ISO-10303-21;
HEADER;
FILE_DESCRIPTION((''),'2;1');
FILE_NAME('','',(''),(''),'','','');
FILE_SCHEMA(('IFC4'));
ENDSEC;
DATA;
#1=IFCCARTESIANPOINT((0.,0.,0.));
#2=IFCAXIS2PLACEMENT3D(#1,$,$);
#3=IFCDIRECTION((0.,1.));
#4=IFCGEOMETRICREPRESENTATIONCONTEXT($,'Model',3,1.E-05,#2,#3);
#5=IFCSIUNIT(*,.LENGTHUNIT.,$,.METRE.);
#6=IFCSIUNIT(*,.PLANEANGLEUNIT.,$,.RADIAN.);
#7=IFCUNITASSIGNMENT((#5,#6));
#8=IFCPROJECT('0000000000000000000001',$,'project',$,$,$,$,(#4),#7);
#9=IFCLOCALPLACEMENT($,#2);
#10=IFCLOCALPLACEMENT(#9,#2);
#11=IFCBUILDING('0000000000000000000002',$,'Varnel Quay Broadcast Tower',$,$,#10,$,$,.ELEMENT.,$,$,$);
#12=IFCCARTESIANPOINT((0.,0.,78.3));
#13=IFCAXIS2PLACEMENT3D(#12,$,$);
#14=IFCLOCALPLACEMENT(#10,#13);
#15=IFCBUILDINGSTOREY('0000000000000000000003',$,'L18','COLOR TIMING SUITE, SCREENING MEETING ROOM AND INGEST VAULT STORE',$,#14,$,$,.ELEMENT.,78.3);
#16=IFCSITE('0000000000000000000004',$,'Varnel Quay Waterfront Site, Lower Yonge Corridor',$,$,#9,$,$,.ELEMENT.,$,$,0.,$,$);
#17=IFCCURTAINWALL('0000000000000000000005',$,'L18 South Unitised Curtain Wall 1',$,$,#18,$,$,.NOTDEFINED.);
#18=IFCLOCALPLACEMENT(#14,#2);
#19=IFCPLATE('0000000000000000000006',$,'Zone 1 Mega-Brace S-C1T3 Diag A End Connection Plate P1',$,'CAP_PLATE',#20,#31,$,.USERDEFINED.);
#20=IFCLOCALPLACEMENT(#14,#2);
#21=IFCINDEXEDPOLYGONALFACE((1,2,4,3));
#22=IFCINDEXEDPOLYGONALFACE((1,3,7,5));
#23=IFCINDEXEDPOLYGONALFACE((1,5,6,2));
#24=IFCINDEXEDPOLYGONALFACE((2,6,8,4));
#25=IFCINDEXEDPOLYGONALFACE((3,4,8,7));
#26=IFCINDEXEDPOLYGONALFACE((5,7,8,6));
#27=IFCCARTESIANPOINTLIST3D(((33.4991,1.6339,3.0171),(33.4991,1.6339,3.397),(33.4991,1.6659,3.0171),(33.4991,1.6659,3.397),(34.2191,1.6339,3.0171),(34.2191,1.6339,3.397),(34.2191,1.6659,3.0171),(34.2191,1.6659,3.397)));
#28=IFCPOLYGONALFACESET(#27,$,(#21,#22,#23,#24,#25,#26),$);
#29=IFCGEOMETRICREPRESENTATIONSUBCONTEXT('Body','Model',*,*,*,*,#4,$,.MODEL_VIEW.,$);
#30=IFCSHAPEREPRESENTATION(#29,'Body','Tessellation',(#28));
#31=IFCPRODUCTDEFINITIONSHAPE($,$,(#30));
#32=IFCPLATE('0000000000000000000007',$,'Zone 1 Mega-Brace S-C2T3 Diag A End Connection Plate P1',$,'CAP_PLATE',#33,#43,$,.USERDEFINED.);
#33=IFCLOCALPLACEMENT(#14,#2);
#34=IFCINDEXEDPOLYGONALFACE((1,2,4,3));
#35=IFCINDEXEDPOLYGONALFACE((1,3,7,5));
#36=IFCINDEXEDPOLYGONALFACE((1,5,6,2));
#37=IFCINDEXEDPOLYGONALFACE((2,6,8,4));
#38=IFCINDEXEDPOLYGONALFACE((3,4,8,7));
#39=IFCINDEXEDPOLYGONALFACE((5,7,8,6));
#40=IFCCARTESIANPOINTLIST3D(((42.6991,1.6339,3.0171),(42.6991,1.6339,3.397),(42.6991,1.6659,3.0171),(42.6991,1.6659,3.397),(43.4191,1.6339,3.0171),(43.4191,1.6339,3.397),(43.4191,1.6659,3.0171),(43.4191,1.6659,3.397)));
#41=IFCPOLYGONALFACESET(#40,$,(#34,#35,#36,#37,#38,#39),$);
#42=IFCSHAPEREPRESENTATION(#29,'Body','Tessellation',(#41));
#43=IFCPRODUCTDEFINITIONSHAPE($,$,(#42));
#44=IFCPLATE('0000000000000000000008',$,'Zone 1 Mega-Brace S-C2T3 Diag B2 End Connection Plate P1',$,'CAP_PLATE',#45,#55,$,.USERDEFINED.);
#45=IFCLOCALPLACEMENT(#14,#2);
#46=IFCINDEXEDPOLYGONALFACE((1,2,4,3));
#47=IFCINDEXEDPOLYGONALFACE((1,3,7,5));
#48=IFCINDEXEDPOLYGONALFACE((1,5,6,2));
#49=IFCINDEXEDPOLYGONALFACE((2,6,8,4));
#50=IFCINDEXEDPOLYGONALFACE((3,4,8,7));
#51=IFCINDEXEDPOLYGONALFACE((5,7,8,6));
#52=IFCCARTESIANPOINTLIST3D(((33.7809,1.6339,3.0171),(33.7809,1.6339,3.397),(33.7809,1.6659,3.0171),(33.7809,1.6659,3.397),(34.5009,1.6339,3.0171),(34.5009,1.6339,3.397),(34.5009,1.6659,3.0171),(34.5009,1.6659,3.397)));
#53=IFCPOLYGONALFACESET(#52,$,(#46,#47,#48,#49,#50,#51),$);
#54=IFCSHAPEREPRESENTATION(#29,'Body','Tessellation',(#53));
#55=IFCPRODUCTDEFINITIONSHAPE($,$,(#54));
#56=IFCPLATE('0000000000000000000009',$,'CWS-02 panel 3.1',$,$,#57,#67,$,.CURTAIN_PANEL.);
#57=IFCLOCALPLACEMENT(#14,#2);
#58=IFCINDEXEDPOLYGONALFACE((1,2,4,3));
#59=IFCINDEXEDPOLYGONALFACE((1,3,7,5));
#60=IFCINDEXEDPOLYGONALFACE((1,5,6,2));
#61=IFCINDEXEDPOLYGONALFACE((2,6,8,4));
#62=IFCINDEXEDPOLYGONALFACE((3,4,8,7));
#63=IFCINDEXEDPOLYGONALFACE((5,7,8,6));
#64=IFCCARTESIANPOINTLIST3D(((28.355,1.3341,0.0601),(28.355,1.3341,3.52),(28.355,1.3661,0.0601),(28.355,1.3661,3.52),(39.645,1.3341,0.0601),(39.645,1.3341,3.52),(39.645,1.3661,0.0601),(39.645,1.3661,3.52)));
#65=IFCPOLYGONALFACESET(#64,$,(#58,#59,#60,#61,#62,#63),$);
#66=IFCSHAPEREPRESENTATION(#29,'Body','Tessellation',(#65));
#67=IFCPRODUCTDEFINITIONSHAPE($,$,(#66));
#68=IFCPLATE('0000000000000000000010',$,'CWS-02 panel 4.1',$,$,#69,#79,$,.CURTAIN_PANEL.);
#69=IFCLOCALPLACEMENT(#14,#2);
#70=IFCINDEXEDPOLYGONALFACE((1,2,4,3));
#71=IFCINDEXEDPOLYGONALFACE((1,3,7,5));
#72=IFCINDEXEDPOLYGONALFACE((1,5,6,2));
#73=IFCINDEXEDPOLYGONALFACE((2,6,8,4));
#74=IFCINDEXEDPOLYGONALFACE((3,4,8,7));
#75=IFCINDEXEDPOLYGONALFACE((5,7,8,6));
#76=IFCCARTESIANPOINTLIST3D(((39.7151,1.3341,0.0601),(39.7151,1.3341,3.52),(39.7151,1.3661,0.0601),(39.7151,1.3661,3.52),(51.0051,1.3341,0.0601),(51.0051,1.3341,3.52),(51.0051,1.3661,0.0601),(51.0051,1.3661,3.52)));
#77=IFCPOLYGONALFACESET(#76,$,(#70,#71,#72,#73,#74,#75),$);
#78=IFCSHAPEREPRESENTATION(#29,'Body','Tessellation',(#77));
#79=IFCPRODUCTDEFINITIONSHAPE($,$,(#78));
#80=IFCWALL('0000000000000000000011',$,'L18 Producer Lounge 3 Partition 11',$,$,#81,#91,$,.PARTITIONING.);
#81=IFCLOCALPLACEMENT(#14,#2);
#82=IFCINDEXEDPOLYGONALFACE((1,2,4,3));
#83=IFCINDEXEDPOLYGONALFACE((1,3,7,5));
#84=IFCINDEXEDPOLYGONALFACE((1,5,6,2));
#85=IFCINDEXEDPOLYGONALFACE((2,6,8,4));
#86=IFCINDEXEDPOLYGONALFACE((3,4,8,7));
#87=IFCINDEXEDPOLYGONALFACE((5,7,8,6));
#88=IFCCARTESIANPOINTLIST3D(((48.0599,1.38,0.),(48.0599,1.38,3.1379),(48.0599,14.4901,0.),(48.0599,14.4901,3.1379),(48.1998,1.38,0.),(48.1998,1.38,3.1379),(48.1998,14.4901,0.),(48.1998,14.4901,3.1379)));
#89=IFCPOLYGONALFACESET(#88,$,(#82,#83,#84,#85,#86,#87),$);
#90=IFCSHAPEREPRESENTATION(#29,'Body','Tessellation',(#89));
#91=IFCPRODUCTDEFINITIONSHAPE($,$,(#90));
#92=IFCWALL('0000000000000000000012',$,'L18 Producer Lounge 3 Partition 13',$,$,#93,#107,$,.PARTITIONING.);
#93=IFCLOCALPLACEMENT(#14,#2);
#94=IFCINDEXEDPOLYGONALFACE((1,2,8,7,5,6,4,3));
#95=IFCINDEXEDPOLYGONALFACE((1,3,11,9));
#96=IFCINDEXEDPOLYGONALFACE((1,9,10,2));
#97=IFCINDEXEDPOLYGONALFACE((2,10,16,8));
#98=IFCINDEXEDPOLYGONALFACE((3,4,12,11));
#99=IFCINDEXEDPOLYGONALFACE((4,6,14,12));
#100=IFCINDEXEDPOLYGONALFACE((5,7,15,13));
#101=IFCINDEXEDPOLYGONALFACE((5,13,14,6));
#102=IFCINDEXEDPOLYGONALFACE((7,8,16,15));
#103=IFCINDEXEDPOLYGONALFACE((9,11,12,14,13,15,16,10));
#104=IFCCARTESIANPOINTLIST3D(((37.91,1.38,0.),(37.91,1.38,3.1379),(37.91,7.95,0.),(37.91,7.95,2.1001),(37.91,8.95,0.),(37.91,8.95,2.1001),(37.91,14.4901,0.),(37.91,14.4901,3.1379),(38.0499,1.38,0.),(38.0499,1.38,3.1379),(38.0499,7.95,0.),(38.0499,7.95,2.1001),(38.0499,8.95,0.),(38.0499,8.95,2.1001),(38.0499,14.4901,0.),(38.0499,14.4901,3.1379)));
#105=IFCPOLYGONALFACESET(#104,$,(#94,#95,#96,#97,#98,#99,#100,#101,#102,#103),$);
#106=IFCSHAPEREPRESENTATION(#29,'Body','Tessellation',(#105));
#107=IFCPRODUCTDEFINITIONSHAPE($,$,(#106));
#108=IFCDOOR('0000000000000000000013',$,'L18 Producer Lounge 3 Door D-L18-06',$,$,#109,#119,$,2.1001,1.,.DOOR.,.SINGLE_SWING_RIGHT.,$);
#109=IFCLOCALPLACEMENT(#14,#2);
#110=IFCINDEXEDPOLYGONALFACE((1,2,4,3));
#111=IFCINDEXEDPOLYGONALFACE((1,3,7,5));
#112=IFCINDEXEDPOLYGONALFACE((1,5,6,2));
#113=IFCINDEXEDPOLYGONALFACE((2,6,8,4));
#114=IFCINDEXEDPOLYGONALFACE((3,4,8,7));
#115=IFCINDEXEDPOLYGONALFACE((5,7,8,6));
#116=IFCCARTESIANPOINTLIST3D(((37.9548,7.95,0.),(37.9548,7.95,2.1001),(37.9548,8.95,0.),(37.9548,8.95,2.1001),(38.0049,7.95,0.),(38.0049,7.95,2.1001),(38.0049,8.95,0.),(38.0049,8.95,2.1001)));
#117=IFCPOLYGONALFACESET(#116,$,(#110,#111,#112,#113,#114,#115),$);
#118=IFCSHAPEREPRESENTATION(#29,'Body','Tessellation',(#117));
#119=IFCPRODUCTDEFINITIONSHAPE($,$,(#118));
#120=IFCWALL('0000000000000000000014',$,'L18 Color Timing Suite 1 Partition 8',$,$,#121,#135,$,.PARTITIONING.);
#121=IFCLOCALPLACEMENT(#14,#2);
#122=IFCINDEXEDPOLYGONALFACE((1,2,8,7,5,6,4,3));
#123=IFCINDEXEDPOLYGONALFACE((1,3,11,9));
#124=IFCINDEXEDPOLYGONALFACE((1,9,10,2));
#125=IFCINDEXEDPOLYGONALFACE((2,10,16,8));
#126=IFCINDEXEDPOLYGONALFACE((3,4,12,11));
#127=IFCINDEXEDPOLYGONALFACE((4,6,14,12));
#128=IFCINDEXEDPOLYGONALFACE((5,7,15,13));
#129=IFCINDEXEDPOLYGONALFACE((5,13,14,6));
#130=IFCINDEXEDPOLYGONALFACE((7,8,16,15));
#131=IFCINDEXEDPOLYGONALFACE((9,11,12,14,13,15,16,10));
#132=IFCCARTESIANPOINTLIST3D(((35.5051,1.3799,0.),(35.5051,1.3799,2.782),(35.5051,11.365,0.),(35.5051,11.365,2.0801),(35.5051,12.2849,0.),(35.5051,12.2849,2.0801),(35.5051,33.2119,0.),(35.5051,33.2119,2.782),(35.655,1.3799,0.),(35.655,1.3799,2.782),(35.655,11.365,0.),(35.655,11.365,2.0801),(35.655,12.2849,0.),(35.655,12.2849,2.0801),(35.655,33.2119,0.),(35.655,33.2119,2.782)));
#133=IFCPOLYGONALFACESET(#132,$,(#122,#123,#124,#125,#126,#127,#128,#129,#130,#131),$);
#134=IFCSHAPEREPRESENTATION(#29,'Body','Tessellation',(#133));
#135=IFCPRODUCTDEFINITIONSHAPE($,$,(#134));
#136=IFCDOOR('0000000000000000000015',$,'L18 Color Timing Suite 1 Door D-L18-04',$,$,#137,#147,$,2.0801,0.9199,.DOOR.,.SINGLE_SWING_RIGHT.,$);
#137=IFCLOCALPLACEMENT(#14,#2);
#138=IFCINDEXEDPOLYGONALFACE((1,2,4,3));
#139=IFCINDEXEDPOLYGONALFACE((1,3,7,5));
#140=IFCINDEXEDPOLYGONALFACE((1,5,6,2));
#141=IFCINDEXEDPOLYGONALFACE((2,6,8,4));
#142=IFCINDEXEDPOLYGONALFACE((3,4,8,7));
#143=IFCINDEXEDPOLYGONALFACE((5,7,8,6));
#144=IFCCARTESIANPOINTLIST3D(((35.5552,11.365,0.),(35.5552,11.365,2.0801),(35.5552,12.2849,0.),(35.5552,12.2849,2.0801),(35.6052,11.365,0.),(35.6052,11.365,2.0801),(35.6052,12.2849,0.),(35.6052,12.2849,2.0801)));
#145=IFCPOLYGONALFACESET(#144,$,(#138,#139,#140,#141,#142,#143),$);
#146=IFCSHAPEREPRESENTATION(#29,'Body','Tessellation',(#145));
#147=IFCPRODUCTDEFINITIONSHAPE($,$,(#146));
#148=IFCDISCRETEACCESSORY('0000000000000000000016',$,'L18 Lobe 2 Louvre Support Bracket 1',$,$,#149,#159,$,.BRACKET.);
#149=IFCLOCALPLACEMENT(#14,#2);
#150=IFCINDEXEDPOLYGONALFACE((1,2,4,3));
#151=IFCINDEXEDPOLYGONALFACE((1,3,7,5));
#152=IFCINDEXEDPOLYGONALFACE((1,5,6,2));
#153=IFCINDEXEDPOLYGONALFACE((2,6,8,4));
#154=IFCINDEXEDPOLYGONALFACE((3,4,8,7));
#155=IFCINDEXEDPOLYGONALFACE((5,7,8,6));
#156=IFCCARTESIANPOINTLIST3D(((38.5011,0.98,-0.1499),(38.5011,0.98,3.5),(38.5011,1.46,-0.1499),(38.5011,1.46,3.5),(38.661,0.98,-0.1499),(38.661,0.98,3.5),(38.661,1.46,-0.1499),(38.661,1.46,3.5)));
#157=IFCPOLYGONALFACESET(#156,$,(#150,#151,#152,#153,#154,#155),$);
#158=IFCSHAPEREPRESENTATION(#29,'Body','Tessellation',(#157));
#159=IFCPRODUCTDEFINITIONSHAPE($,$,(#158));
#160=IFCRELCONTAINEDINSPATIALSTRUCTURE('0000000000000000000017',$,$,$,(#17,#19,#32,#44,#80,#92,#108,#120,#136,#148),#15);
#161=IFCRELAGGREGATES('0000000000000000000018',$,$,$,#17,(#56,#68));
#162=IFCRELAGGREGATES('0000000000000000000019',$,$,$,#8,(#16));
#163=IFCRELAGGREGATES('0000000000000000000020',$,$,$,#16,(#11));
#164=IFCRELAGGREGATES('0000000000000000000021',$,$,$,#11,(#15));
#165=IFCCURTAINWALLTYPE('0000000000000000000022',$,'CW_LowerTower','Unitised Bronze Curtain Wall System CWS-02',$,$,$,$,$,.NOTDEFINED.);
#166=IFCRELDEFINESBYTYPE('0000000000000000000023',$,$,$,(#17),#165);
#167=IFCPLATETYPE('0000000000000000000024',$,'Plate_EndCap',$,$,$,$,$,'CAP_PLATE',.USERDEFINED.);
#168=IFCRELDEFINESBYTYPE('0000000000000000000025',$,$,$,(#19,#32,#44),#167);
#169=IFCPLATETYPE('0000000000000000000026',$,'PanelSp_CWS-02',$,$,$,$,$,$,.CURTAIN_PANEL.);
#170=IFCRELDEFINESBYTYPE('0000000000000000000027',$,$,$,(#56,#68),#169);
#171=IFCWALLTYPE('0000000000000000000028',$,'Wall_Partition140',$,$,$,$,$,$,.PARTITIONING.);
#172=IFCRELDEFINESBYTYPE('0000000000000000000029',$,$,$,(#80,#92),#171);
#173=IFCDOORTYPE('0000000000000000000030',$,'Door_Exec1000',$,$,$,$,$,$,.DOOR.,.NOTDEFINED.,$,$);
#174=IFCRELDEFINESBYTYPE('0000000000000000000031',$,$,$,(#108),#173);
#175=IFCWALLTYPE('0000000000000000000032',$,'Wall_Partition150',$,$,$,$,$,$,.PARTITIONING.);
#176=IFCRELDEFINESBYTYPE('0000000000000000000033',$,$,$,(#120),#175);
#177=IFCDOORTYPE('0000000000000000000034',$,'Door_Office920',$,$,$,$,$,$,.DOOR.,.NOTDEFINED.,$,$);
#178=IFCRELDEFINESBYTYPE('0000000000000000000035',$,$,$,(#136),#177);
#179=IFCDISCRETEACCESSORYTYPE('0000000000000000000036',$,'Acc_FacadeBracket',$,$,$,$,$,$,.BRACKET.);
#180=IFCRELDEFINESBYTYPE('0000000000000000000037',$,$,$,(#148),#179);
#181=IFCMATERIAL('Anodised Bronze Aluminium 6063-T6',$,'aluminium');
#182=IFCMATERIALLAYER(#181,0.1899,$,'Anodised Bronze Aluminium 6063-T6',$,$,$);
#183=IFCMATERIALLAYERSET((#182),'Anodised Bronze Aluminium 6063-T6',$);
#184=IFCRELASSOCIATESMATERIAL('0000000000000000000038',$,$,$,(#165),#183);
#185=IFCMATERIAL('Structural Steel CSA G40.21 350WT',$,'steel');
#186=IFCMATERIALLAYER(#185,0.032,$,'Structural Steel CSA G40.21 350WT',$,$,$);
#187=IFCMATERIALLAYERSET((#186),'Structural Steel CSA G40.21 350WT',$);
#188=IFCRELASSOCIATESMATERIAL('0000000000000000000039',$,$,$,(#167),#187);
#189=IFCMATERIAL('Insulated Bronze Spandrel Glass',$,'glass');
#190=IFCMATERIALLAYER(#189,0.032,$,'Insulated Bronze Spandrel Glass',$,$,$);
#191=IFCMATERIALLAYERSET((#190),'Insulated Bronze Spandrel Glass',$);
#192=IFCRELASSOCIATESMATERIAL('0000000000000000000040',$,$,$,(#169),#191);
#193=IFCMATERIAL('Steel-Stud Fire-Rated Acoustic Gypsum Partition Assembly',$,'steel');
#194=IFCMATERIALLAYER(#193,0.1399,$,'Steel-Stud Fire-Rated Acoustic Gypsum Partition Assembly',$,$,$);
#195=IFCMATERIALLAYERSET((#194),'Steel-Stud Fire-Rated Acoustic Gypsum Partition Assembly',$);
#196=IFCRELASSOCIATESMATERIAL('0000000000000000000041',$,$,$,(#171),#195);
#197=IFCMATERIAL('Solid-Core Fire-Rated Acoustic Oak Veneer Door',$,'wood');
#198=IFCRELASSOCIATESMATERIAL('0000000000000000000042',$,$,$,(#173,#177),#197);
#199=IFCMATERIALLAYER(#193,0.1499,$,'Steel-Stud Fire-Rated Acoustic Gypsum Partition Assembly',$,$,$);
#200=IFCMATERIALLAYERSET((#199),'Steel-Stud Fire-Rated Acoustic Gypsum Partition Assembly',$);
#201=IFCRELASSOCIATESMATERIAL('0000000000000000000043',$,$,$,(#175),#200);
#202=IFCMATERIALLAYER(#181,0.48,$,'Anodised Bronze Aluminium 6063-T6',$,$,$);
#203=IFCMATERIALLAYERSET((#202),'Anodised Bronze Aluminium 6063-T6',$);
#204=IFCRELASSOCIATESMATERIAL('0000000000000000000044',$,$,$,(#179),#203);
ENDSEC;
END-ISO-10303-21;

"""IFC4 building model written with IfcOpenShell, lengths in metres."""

from ifc_helpers import new_model, si_unit, direction, frame, frame_2d, origin, origin_2d, place, context, subcontext, project, spatial, rectangle, extrude, source, transform, mapped, material, layer, layer_set, type_object, type_shapes, element, fill, aggregate, save


model = new_model("IFC4")

# Units and contexts
model_context = context("Model", 3, precision=1e-05, world=origin(), true_north=direction((0.0, 1.0)))
body_context = subcontext(model_context, "Body", "Model", "MODEL_VIEW")
ifc_project = project(units=[si_unit("LENGTHUNIT", "METRE"), si_unit("PLANEANGLEUNIT", "RADIAN")], contexts=[model_context])

# Site, building, storey
site_placement = place(None, origin())
site = spatial("IfcSite", under=ifc_project, at=site_placement, Name="Varnel Quay Waterfront Site, Lower Yonge Corridor", CompositionType="ELEMENT", RefElevation=0.0)
building_placement = place(site_placement, origin())
building = spatial("IfcBuilding", under=site, at=building_placement, Name="Varnel Quay Broadcast Tower", CompositionType="ELEMENT")
storey_placement = place(building_placement, frame((0.0, 0.0, 78.3)))
storey = spatial("IfcBuildingStorey", under=building, at=storey_placement, Name="L18", Description="COLOR TIMING SUITE, SCREENING MEETING ROOM AND INGEST VAULT STORE", CompositionType="ELEMENT", Elevation=78.3)

# Curtain wall
ifc_material_1 = material(Name="Anodised Bronze Aluminium 6063-T6", Category="aluminium")
ifc_layer_1 = layer(ifc_material_1, 0.1899, Name="Anodised Bronze Aluminium 6063-T6")
ifc_layer_set_1 = layer_set([ifc_layer_1], Name="Anodised Bronze Aluminium 6063-T6")
curtain_wall_type = type_object("IfcCurtainWallType", Name="CW_LowerTower", Description="Unitised Bronze Curtain Wall System CWS-02", PredefinedType="NOTDEFINED", material=ifc_layer_set_1)
curtain_wall_placement = place(storey_placement, origin())
curtain_wall = element("IfcCurtainWall", 1, at=curtain_wall_placement, inside=storey, type_object=curtain_wall_type, Name="L18 South Unitised Curtain Wall 1", PredefinedType="NOTDEFINED")

# Plates
ifc_material_2 = material(Name="Structural Steel CSA G40.21 350WT", Category="steel")
ifc_layer_2 = layer(ifc_material_2, 0.032, Name="Structural Steel CSA G40.21 350WT")
ifc_layer_set_2 = layer_set([ifc_layer_2], Name="Structural Steel CSA G40.21 350WT")
plate_type_1 = type_object("IfcPlateType", Name="Plate_EndCap", ElementType="CAP_PLATE", PredefinedType="USERDEFINED", material=ifc_layer_set_2)
shared_shape_1 = source(origin(), body_context, "Body", "SweptSolid", [
    extrude(rectangle(XDim=0.72, YDim=0.032, at=origin_2d()), origin(), (0.0, 0.0, 1.0), 0.3799),
])
type_shapes(plate_type_1, [shared_shape_1])
for number, where, z_axis, x_axis, name in (
    (2, (33.8591, 1.6499, 3.0171), (0.0, 0.0, 1.0), (1.0, 0.0, 0.0), "Zone 1 Mega-Brace S-C1T3 Diag A End Connection Plate P1"),
    (3, (43.0591, 1.6499, 3.0171), (0.0, 0.0, 1.0), (1.0, 0.0, 0.0), "Zone 1 Mega-Brace S-C2T3 Diag A End Connection Plate P1"),
    (4, (34.1409, 1.6499, 3.0171), (0.0, 0.0, 1.0), (1.0, 0.0, 0.0), "Zone 1 Mega-Brace S-C2T3 Diag B2 End Connection Plate P1"),
):
    element("IfcPlate", number, at=place(storey_placement, frame(where, z_axis=z_axis, x_axis=x_axis)), inside=storey, type_object=plate_type_1, Name=name, ObjectType="CAP_PLATE", PredefinedType="USERDEFINED", context=body_context, shape_type="MappedRepresentation", body=[
        mapped(shared_shape_1, transform((0.0, 0.0, 0.0), x_axis=(1.0, 0.0, 0.0), y_axis=(0.0, 1.0, 0.0), z_axis=(0.0, 0.0, 1.0), scale=1.0)),
    ])

# Plates
ifc_material_3 = material(Name="Insulated Bronze Spandrel Glass", Category="glass")
ifc_layer_3 = layer(ifc_material_3, 0.032, Name="Insulated Bronze Spandrel Glass")
ifc_layer_set_3 = layer_set([ifc_layer_3], Name="Insulated Bronze Spandrel Glass")
plate_type_2 = type_object("IfcPlateType", Name="PanelSp_CWS-02", PredefinedType="CURTAIN_PANEL", material=ifc_layer_set_3)
shared_shape_2 = source(origin(), body_context, "Body", "SweptSolid", [
    extrude(rectangle(XDim=11.29, YDim=0.032, at=origin_2d()), origin(), (0.0, 0.0, 1.0), 3.46),
])
type_shapes(plate_type_2, [shared_shape_2])
plate_1_placement = place(storey_placement, frame((34.0, 1.3501, 0.0601), z_axis=(0.0, 0.0, 1.0), x_axis=(1.0, 0.0, 0.0)))
plate_1 = element("IfcPlate", 5, at=plate_1_placement, type_object=plate_type_2, Name="CWS-02 panel 3.1", PredefinedType="CURTAIN_PANEL", context=body_context, shape_type="MappedRepresentation", body=[
    mapped(shared_shape_2, transform((0.0, 0.0, 0.0), x_axis=(1.0, 0.0, 0.0), y_axis=(0.0, 1.0, 0.0), z_axis=(0.0, 0.0, 1.0), scale=1.0)),
])
plate_2_placement = place(storey_placement, frame((45.3601, 1.3501, 0.0601), z_axis=(0.0, 0.0, 1.0), x_axis=(1.0, 0.0, 0.0)))
plate_2 = element("IfcPlate", 6, at=plate_2_placement, type_object=plate_type_2, Name="CWS-02 panel 4.1", PredefinedType="CURTAIN_PANEL", context=body_context, shape_type="MappedRepresentation", body=[
    mapped(shared_shape_2, transform((0.0, 0.0, 0.0), x_axis=(1.0, 0.0, 0.0), y_axis=(0.0, 1.0, 0.0), z_axis=(0.0, 0.0, 1.0), scale=1.0)),
])
aggregate(curtain_wall, [plate_1, plate_2])

# Wall
ifc_material_4 = material(Name="Steel-Stud Fire-Rated Acoustic Gypsum Partition Assembly", Category="steel")
ifc_layer_4 = layer(ifc_material_4, 0.1399, Name="Steel-Stud Fire-Rated Acoustic Gypsum Partition Assembly")
ifc_layer_set_4 = layer_set([ifc_layer_4], Name="Steel-Stud Fire-Rated Acoustic Gypsum Partition Assembly")
wall_type_1 = type_object("IfcWallType", Name="Wall_Partition140", PredefinedType="PARTITIONING", material=ifc_layer_set_4)
wall_1_placement = place(storey_placement, frame((48.1299, 1.3799, 0.0), z_axis=(0.0, 0.0, 1.0), x_axis=(0.0, 1.0, 0.0)))
element("IfcWall", 7, at=wall_1_placement, inside=storey, type_object=wall_type_1, Name="L18 Producer Lounge 3 Partition 11", PredefinedType="PARTITIONING", context=body_context, shape_type="SweptSolid", body=[
    extrude(rectangle(XDim=13.1101, YDim=0.1399, at=frame_2d((6.5552, 0.0))), origin(), (0.0, 0.0, 1.0), 3.1379),
])

# Walls, openings, doors
wall_2_placement = place(storey_placement, frame((37.98, 1.3799, 0.0), z_axis=(0.0, 0.0, 1.0), x_axis=(0.0, 1.0, 0.0)))
wall_2 = element("IfcWall", 8, at=wall_2_placement, inside=storey, type_object=wall_type_1, Name="L18 Producer Lounge 3 Partition 13", PredefinedType="PARTITIONING", context=body_context, shape_type="SweptSolid", body=[
    extrude(rectangle(XDim=13.1101, YDim=0.1399, at=frame_2d((6.5552, 0.0))), origin(), (0.0, 0.0, 1.0), 3.1379),
])
opening_1_placement = place(wall_2_placement, frame((6.5701, 0.0, 0.0)))
opening_1 = element("IfcOpeningElement", 9, at=opening_1_placement, cuts=wall_2, PredefinedType="OPENING", context=body_context, shape_type="SweptSolid", body=[
    extrude(rectangle(XDim=1.0, YDim=2.1001, at=frame_2d((0.5, 1.05))), frame((0.0, 0.0801, 0.0), z_axis=(0.0, -1.0, 0.0), x_axis=(1.0, 0.0, 0.0)), (0.0, 0.0, 1.0), 0.1599),
])
ifc_material_5 = material(Name="Solid-Core Fire-Rated Acoustic Oak Veneer Door", Category="wood")
door_type_1 = type_object("IfcDoorType", Name="Door_Exec1000", OperationType="NOTDEFINED", PredefinedType="DOOR", material=ifc_material_5)
shared_shape_3 = source(origin(), body_context, "Body", "SweptSolid", [
    extrude(rectangle(XDim=1.0, YDim=2.1001, at=frame_2d((0.5, 1.05))), frame((0.0, 0.0249, 0.0), z_axis=(0.0, -1.0, 0.0), x_axis=(1.0, 0.0, 0.0)), (0.0, 0.0, 1.0), 0.05),
])
type_shapes(door_type_1, [shared_shape_3])
door_1_placement = place(opening_1_placement, frame((1.0, 0.0, 0.0), z_axis=(0.0, 0.0, 1.0), x_axis=(-1.0, 0.0, 0.0)))
door_1 = element("IfcDoor", 10, at=door_1_placement, inside=storey, type_object=door_type_1, Name="L18 Producer Lounge 3 Door D-L18-06", OperationType="SINGLE_SWING_RIGHT", OverallHeight=2.1001, OverallWidth=1.0, PredefinedType="DOOR", context=body_context, shape_type="MappedRepresentation", body=[
    mapped(shared_shape_3, transform((0.0, 0.0, 0.0), x_axis=(1.0, 0.0, 0.0), y_axis=(0.0, 1.0, 0.0), z_axis=(0.0, 0.0, 1.0), scale=1.0)),
])
fill(opening_1, door_1)
ifc_layer_5 = layer(ifc_material_4, 0.1499, Name="Steel-Stud Fire-Rated Acoustic Gypsum Partition Assembly")
ifc_layer_set_5 = layer_set([ifc_layer_5], Name="Steel-Stud Fire-Rated Acoustic Gypsum Partition Assembly")
wall_type_2 = type_object("IfcWallType", Name="Wall_Partition150", PredefinedType="PARTITIONING", material=ifc_layer_set_5)
wall_3_placement = place(storey_placement, frame((35.5801, 1.3799, 0.0), z_axis=(0.0, 0.0, 1.0), x_axis=(0.0, 1.0, 0.0)))
wall_3 = element("IfcWall", 11, at=wall_3_placement, inside=storey, type_object=wall_type_2, Name="L18 Color Timing Suite 1 Partition 8", PredefinedType="PARTITIONING", context=body_context, shape_type="SweptSolid", body=[
    extrude(rectangle(XDim=31.832, YDim=0.1499, at=frame_2d((15.916, 0.0))), origin(), (0.0, 0.0, 1.0), 2.782),
])
opening_2_placement = place(wall_3_placement, frame((9.9851, 0.0, 0.0)))
opening_2 = element("IfcOpeningElement", 12, at=opening_2_placement, cuts=wall_3, PredefinedType="OPENING", context=body_context, shape_type="SweptSolid", body=[
    extrude(rectangle(XDim=0.9199, YDim=2.0801, at=frame_2d((0.46, 1.04))), frame((0.0, 0.085, 0.0), z_axis=(0.0, -1.0, 0.0), x_axis=(1.0, 0.0, 0.0)), (0.0, 0.0, 1.0), 0.1699),
])
door_type_2 = type_object("IfcDoorType", Name="Door_Office920", OperationType="NOTDEFINED", PredefinedType="DOOR", material=ifc_material_5)
shared_shape_4 = source(origin(), body_context, "Body", "SweptSolid", [
    extrude(rectangle(XDim=0.9199, YDim=2.0801, at=frame_2d((0.46, 1.04))), frame((0.0, 0.0249, 0.0), z_axis=(0.0, -1.0, 0.0), x_axis=(1.0, 0.0, 0.0)), (0.0, 0.0, 1.0), 0.05),
])
type_shapes(door_type_2, [shared_shape_4])
door_2_placement = place(opening_2_placement, origin())
door_2 = element("IfcDoor", 13, at=door_2_placement, inside=storey, type_object=door_type_2, Name="L18 Color Timing Suite 1 Door D-L18-04", OperationType="SINGLE_SWING_RIGHT", OverallHeight=2.0801, OverallWidth=0.9199, PredefinedType="DOOR", context=body_context, shape_type="MappedRepresentation", body=[
    mapped(shared_shape_4, transform((0.0, 0.0, 0.0), x_axis=(1.0, 0.0, 0.0), y_axis=(0.0, 1.0, 0.0), z_axis=(0.0, 0.0, 1.0), scale=1.0)),
])
fill(opening_2, door_2)

# Discrete accessory
ifc_layer_6 = layer(ifc_material_1, 0.48, Name="Anodised Bronze Aluminium 6063-T6")
ifc_layer_set_6 = layer_set([ifc_layer_6], Name="Anodised Bronze Aluminium 6063-T6")
discrete_accessory_type = type_object("IfcDiscreteAccessoryType", Name="Acc_FacadeBracket", PredefinedType="BRACKET", material=ifc_layer_set_6)
shared_shape_5 = source(origin(), body_context, "Body", "SweptSolid", [
    extrude(rectangle(XDim=0.1599, YDim=0.48, at=origin_2d()), origin(), (0.0, 0.0, 1.0), 3.6499),
])
type_shapes(discrete_accessory_type, [shared_shape_5])
discrete_accessory_placement = place(storey_placement, frame((38.5811, 1.22, -0.1499), z_axis=(0.0, 0.0, 1.0), x_axis=(1.0, 0.0, 0.0)))
element("IfcDiscreteAccessory", 14, at=discrete_accessory_placement, inside=storey, type_object=discrete_accessory_type, Name="L18 Lobe 2 Louvre Support Bracket 1", PredefinedType="BRACKET", context=body_context, shape_type="MappedRepresentation", body=[
    mapped(shared_shape_5, transform((0.0, 0.0, 0.0), x_axis=(1.0, 0.0, 0.0), y_axis=(0.0, 1.0, 0.0), z_axis=(0.0, 0.0, 1.0), scale=1.0)),
])

save(model, "model.ifc")
